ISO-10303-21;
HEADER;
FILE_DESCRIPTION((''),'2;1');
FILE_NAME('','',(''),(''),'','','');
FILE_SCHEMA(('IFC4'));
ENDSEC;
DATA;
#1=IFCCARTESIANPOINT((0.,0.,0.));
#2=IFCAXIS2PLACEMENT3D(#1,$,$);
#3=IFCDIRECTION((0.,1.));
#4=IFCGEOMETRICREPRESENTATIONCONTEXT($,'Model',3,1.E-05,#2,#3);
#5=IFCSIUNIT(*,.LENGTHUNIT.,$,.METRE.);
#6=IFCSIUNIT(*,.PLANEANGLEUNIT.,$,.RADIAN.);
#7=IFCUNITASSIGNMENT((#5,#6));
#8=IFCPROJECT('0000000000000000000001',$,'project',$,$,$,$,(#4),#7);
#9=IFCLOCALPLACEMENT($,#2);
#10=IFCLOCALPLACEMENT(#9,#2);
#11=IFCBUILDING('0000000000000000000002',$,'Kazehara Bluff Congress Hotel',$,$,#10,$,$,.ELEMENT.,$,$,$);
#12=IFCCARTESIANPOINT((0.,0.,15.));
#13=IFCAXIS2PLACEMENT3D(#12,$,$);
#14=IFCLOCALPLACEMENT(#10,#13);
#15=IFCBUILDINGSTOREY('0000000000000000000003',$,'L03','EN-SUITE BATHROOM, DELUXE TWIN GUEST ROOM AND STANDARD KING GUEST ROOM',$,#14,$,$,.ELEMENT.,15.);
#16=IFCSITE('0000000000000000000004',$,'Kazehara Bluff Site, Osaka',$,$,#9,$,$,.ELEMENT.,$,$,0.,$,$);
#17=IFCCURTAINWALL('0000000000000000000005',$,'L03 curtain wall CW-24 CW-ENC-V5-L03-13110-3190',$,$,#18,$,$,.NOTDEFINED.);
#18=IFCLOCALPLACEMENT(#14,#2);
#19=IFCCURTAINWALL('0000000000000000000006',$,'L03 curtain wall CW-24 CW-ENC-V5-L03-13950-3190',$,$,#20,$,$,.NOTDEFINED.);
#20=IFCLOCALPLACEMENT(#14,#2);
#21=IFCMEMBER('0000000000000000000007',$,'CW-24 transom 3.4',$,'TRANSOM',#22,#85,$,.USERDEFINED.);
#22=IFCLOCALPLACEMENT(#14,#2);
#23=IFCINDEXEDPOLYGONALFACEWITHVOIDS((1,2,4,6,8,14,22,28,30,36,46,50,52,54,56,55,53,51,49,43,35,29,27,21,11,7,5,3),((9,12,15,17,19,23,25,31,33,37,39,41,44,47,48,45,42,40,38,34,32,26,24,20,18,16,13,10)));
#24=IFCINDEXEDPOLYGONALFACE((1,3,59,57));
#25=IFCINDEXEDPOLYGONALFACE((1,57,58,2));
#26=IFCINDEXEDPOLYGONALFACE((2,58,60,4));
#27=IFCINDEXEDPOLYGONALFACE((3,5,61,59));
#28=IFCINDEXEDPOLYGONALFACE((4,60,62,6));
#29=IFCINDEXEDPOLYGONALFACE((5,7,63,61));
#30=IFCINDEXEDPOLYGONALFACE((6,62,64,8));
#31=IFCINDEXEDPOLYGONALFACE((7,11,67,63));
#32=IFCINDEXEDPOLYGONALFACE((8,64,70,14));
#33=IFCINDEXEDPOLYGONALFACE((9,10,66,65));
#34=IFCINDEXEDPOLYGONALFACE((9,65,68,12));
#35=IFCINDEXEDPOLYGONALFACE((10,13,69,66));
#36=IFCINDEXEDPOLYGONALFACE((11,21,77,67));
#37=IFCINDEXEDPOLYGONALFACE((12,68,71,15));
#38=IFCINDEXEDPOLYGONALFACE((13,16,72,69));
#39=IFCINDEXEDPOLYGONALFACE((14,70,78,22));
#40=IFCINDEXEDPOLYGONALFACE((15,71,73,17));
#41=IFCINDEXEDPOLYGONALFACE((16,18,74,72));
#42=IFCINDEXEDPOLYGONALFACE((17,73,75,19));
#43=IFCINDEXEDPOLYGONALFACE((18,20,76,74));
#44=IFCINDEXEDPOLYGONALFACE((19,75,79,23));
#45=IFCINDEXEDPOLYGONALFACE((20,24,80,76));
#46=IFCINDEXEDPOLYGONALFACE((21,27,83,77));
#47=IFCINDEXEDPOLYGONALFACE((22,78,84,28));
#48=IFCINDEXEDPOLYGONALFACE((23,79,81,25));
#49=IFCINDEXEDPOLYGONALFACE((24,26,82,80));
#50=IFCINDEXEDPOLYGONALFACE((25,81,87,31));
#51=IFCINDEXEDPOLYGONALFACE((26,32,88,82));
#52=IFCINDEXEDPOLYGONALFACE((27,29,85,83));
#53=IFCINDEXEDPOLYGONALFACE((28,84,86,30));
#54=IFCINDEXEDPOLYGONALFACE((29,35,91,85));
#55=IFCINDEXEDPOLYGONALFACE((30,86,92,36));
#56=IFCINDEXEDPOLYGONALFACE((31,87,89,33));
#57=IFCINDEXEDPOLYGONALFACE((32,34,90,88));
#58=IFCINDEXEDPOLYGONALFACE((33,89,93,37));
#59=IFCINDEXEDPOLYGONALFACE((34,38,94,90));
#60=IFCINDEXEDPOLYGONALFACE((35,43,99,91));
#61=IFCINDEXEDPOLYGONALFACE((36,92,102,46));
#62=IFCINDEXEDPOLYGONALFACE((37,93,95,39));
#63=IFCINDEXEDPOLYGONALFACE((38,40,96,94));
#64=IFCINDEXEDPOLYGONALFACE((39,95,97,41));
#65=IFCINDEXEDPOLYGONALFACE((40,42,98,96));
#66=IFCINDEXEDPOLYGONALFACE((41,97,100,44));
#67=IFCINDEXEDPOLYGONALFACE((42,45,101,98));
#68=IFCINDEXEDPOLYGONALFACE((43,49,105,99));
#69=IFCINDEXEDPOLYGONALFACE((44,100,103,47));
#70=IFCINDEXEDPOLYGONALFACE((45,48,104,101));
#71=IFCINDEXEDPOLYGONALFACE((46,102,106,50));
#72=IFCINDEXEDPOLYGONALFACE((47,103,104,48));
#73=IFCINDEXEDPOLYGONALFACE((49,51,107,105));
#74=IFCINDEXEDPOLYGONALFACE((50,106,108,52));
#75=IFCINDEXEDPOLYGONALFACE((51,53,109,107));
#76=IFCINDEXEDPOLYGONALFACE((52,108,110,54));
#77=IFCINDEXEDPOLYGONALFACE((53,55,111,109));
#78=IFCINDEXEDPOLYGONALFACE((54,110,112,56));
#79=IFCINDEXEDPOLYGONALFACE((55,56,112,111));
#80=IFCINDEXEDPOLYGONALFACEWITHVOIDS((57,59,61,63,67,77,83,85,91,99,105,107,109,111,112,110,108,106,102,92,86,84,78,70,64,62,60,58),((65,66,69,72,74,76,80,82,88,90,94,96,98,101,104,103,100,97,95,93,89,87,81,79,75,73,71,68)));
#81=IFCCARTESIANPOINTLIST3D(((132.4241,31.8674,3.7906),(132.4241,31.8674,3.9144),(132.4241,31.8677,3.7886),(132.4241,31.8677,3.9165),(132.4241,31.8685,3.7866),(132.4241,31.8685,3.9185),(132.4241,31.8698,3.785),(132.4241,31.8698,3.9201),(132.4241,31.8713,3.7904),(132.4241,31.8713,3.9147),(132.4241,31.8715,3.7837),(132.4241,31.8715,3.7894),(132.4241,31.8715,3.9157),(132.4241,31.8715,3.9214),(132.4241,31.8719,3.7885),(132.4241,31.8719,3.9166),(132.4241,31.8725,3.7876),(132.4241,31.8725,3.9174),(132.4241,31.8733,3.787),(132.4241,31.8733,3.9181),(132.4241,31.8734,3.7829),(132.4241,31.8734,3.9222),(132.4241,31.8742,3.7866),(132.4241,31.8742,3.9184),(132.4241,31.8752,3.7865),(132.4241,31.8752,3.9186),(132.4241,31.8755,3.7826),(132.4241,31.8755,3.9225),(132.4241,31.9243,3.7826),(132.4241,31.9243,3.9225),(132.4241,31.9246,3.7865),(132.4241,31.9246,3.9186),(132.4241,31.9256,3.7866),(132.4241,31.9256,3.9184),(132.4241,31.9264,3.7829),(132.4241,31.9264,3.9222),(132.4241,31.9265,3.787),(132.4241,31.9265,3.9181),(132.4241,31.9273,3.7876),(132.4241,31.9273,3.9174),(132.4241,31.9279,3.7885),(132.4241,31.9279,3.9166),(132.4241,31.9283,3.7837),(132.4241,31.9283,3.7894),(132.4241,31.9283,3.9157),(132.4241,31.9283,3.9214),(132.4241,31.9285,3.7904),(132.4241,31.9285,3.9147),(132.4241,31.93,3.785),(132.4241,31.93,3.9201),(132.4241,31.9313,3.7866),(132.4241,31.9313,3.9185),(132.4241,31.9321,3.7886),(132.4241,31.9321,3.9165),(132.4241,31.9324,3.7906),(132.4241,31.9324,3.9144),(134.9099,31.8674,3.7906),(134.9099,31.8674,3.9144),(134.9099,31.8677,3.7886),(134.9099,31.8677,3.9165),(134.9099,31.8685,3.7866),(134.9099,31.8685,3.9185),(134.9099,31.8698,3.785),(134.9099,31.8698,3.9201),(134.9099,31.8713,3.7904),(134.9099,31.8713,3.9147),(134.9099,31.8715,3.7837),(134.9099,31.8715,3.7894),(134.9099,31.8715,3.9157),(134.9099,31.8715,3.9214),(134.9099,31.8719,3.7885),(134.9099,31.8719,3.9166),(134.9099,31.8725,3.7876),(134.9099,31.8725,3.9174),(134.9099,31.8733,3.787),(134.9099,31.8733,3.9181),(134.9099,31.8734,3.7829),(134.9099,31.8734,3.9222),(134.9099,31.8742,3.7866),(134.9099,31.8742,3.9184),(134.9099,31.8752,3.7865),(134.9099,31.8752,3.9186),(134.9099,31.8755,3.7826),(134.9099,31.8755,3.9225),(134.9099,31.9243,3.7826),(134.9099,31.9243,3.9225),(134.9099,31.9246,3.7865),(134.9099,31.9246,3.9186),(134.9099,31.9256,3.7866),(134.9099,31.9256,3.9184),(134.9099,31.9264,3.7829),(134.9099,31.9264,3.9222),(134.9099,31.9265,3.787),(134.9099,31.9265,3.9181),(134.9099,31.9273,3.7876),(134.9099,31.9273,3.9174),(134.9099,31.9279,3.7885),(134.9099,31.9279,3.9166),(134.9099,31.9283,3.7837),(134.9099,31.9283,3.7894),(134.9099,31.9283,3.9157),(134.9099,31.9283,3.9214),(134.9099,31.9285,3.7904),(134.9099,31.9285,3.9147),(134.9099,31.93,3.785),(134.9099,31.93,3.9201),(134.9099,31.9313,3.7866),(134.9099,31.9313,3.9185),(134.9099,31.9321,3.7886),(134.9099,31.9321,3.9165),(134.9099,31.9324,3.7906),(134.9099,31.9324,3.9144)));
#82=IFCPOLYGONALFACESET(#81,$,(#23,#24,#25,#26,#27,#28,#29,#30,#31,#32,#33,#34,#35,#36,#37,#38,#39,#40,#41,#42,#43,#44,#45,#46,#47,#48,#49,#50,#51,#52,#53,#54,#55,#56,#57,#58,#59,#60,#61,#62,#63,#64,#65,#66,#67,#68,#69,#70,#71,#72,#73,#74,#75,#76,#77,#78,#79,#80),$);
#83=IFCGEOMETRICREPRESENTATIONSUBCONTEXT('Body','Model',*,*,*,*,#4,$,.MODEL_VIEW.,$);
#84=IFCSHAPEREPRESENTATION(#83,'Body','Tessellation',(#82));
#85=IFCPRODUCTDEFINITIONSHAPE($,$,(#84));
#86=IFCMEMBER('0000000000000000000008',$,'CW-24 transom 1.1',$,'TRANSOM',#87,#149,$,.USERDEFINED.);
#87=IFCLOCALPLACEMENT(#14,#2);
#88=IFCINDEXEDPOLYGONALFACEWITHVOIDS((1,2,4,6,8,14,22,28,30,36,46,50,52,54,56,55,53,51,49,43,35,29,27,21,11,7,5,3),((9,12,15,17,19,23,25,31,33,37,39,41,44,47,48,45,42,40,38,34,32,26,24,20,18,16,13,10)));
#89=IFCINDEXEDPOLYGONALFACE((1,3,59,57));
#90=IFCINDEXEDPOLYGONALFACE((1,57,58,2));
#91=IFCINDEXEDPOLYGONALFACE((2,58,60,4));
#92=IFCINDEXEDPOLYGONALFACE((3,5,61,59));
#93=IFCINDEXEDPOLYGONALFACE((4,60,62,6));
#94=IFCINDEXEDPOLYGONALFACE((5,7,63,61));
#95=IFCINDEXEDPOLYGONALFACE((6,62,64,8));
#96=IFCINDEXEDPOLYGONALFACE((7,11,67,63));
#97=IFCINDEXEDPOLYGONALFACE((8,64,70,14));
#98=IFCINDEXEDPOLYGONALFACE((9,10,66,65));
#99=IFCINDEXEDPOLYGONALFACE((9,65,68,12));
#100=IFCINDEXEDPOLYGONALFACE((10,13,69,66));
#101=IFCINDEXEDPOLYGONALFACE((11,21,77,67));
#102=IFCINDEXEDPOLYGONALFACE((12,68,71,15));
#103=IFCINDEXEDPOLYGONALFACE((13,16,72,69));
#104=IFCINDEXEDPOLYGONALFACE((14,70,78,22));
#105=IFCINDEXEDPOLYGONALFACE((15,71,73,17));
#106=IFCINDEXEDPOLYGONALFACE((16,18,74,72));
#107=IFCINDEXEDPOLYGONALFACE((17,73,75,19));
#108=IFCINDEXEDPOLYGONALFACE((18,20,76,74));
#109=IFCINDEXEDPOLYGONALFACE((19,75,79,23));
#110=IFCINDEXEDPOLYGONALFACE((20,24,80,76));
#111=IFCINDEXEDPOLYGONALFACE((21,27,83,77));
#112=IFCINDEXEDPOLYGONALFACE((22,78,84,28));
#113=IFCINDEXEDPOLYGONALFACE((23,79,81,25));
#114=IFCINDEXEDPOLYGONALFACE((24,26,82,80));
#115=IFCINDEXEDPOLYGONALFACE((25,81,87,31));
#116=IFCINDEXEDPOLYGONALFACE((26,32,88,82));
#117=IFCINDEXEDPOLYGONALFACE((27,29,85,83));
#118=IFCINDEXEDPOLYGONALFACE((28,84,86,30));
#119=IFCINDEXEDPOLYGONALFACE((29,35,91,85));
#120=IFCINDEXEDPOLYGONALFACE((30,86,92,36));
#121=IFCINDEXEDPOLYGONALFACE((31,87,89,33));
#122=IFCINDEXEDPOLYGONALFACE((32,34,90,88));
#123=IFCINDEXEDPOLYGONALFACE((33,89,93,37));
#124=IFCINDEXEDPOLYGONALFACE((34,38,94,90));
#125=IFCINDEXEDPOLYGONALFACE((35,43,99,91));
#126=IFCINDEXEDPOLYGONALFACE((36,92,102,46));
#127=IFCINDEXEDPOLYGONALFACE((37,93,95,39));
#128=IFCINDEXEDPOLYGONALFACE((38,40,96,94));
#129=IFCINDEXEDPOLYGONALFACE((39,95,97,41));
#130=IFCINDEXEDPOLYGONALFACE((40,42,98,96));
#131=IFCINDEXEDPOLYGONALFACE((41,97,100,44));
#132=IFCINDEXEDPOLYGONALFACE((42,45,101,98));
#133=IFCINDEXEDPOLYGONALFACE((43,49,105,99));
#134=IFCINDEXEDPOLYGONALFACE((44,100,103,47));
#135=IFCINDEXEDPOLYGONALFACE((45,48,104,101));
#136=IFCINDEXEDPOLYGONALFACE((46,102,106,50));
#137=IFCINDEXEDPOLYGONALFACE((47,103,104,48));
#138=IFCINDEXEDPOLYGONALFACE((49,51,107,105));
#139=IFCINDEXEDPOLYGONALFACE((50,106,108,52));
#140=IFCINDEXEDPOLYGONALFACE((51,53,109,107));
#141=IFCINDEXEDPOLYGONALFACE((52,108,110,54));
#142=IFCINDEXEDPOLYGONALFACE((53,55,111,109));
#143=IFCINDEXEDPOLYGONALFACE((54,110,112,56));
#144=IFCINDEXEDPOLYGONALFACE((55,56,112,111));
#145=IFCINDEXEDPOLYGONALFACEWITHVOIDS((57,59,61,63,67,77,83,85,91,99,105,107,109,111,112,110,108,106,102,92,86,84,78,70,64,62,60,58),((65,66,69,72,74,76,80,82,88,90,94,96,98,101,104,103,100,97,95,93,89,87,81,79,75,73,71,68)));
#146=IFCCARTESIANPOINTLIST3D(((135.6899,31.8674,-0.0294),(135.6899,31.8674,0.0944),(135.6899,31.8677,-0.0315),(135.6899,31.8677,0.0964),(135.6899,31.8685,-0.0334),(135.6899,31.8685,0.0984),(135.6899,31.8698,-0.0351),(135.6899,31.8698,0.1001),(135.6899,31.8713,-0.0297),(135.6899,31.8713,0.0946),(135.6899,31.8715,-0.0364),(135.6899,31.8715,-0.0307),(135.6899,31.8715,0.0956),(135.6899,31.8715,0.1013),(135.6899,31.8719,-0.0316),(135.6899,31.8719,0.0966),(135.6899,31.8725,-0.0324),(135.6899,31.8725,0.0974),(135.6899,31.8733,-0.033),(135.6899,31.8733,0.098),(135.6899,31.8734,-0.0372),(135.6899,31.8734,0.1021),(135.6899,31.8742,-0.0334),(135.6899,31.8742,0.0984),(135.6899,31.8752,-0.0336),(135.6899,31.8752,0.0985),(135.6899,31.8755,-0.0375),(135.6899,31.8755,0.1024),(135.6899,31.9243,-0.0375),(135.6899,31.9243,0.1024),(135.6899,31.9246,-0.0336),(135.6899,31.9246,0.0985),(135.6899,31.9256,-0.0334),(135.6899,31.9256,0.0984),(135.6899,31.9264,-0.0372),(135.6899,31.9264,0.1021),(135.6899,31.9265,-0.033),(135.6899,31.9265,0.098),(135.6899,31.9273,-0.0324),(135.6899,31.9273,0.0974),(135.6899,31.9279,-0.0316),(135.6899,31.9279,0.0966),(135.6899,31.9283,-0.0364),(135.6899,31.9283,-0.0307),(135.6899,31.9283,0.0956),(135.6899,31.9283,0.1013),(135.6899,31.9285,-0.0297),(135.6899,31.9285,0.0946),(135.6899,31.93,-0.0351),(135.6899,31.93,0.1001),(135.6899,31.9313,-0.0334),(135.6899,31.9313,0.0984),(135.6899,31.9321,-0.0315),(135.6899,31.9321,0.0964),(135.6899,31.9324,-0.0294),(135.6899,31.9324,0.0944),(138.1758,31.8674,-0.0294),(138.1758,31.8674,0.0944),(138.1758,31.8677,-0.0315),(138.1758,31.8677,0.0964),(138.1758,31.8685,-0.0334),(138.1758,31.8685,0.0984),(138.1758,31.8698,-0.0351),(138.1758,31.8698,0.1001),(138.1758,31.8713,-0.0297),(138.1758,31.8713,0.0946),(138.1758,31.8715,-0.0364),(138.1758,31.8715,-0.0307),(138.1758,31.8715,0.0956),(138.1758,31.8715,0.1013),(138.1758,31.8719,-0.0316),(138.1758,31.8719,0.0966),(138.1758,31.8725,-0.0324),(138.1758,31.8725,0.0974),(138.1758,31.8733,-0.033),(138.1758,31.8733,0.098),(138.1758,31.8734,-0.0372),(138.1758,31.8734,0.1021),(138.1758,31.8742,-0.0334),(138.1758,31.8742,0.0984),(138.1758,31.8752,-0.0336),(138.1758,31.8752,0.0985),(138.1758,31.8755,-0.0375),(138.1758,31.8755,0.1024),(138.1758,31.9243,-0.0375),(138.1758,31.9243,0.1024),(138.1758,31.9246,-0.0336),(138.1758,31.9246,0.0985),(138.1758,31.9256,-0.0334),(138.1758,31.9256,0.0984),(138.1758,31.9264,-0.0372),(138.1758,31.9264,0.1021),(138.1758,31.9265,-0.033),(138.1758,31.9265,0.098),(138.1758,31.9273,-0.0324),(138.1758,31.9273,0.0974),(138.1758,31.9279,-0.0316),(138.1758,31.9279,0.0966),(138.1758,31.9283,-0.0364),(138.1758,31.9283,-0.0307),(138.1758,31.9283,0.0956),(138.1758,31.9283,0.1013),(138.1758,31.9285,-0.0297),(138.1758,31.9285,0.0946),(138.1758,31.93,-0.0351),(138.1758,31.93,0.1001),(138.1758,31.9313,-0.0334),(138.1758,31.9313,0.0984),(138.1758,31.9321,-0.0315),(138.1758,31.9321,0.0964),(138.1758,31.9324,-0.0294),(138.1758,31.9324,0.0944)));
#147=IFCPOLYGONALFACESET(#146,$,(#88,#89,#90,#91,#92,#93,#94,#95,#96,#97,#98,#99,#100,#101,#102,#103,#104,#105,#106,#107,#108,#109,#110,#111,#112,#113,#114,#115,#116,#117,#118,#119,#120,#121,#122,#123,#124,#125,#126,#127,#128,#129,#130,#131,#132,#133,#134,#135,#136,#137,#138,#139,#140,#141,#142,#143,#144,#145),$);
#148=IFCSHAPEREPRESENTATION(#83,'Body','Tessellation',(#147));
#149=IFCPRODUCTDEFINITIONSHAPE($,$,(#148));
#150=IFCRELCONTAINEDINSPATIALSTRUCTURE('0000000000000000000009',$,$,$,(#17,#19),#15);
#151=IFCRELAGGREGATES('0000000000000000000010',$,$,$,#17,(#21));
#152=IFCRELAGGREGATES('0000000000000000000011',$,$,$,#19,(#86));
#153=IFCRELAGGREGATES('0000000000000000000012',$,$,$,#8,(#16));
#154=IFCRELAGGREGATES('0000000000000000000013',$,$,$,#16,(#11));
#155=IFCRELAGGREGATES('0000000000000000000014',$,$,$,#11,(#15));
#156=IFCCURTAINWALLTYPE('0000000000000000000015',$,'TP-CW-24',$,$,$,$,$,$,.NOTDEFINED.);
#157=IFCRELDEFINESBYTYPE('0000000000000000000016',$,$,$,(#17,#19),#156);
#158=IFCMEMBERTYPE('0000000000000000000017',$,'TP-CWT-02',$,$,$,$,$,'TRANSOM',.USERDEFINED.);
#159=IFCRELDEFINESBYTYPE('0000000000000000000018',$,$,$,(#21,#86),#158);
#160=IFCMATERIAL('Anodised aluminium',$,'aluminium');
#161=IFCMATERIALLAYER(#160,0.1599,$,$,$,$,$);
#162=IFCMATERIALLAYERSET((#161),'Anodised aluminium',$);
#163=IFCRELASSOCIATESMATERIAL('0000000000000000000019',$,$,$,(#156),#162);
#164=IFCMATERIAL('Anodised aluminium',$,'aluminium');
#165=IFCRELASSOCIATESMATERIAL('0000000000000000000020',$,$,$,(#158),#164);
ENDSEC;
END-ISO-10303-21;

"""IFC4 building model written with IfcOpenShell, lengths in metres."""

from ifc_helpers import new_model, si_unit, direction, frame, origin, origin_2d, place, context, subcontext, project, spatial, hollow_rectangle, extrude, material, layer, layer_set, material_profile, profile_set, type_object, element, aggregate, save


model = new_model("IFC4")

# Units and contexts
model_context = context("Model", 3, precision=1e-05, world=origin(), true_north=direction((0.0, 1.0)))
body_context = subcontext(model_context, "Body", "Model", "MODEL_VIEW")
ifc_project = project(units=[si_unit("LENGTHUNIT", "METRE"), si_unit("PLANEANGLEUNIT", "RADIAN")], contexts=[model_context])

# Site, building, storey
site_placement = place(None, origin())
site = spatial("IfcSite", under=ifc_project, at=site_placement, Name="Kazehara Bluff Site, Osaka", CompositionType="ELEMENT", RefElevation=0.0)
building_placement = place(site_placement, origin())
building = spatial("IfcBuilding", under=site, at=building_placement, Name="Kazehara Bluff Congress Hotel", CompositionType="ELEMENT")
storey_placement = place(building_placement, frame((0.0, 0.0, 15.0)))
storey = spatial("IfcBuildingStorey", under=building, at=storey_placement, Name="L03", Description="EN-SUITE BATHROOM, DELUXE TWIN GUEST ROOM AND STANDARD KING GUEST ROOM", CompositionType="ELEMENT", Elevation=15.0)

# Curtain wall
ifc_material_1 = material(Name="Anodised aluminium", Category="aluminium")
ifc_layer_1 = layer(ifc_material_1, 0.1599)
ifc_layer_set_1 = layer_set([ifc_layer_1], Name="Anodised aluminium")
curtain_wall_type = type_object("IfcCurtainWallType", Name="TP-CW-24", PredefinedType="NOTDEFINED", material=ifc_layer_set_1)
curtain_wall_1_placement = place(storey_placement, origin())
curtain_wall_1 = element("IfcCurtainWall", 1, at=curtain_wall_1_placement, inside=storey, type_object=curtain_wall_type, Name="L03 curtain wall CW-24 CW-ENC-V5-L03-13110-3190", PredefinedType="NOTDEFINED")

# Curtain wall
curtain_wall_2_placement = place(storey_placement, origin())
curtain_wall_2 = element("IfcCurtainWall", 2, at=curtain_wall_2_placement, inside=storey, type_object=curtain_wall_type, Name="L03 curtain wall CW-24 CW-ENC-V5-L03-13950-3190", PredefinedType="NOTDEFINED")

# Members
ifc_material_2 = material(Name="Anodised aluminium", Category="aluminium")
ifc_material_profile_1 = material_profile(ifc_material_2, hollow_rectangle(XDim=0.0649, YDim=0.1399, WallThickness=0.0039, InnerFilletRadius=0.0039, OuterFilletRadius=0.0081, at=origin_2d()))
ifc_profile_set_1 = profile_set([ifc_material_profile_1], Name="Anodised aluminium")
member_type_1 = type_object("IfcMemberType", Name="TP-CWT-02", ElementType="TRANSOM", PredefinedType="USERDEFINED", material=ifc_profile_set_1)
member_1_placement = place(storey_placement, frame((132.4241, 31.8999, 3.8525), z_axis=(1.0, 0.0, 0.0), x_axis=(0.0, 1.0, 0.0)))
member_1 = element("IfcMember", 3, at=member_1_placement, type_object=member_type_1, Name="CW-24 transom 3.4", ObjectType="TRANSOM", PredefinedType="USERDEFINED", context=body_context, shape_type="SweptSolid", body=[
    extrude(hollow_rectangle(XDim=0.0649, YDim=0.1399, WallThickness=0.0039, InnerFilletRadius=0.0039, OuterFilletRadius=0.0081, at=origin_2d()), origin(), (0.0, 0.0, 1.0), 2.4858),
])
member_2_placement = place(storey_placement, frame((135.6899, 31.8999, 0.0325), z_axis=(1.0, 0.0, 0.0), x_axis=(0.0, 1.0, 0.0)))
member_2 = element("IfcMember", 4, at=member_2_placement, type_object=member_type_1, Name="CW-24 transom 1.1", ObjectType="TRANSOM", PredefinedType="USERDEFINED", context=body_context, shape_type="SweptSolid", body=[
    extrude(hollow_rectangle(XDim=0.0649, YDim=0.1399, WallThickness=0.0039, InnerFilletRadius=0.0039, OuterFilletRadius=0.0081, at=origin_2d()), origin(), (0.0, 0.0, 1.0), 2.4858),
])

aggregate(curtain_wall_1, [member_1])
aggregate(curtain_wall_2, [member_2])

save(model, "model.ifc")
